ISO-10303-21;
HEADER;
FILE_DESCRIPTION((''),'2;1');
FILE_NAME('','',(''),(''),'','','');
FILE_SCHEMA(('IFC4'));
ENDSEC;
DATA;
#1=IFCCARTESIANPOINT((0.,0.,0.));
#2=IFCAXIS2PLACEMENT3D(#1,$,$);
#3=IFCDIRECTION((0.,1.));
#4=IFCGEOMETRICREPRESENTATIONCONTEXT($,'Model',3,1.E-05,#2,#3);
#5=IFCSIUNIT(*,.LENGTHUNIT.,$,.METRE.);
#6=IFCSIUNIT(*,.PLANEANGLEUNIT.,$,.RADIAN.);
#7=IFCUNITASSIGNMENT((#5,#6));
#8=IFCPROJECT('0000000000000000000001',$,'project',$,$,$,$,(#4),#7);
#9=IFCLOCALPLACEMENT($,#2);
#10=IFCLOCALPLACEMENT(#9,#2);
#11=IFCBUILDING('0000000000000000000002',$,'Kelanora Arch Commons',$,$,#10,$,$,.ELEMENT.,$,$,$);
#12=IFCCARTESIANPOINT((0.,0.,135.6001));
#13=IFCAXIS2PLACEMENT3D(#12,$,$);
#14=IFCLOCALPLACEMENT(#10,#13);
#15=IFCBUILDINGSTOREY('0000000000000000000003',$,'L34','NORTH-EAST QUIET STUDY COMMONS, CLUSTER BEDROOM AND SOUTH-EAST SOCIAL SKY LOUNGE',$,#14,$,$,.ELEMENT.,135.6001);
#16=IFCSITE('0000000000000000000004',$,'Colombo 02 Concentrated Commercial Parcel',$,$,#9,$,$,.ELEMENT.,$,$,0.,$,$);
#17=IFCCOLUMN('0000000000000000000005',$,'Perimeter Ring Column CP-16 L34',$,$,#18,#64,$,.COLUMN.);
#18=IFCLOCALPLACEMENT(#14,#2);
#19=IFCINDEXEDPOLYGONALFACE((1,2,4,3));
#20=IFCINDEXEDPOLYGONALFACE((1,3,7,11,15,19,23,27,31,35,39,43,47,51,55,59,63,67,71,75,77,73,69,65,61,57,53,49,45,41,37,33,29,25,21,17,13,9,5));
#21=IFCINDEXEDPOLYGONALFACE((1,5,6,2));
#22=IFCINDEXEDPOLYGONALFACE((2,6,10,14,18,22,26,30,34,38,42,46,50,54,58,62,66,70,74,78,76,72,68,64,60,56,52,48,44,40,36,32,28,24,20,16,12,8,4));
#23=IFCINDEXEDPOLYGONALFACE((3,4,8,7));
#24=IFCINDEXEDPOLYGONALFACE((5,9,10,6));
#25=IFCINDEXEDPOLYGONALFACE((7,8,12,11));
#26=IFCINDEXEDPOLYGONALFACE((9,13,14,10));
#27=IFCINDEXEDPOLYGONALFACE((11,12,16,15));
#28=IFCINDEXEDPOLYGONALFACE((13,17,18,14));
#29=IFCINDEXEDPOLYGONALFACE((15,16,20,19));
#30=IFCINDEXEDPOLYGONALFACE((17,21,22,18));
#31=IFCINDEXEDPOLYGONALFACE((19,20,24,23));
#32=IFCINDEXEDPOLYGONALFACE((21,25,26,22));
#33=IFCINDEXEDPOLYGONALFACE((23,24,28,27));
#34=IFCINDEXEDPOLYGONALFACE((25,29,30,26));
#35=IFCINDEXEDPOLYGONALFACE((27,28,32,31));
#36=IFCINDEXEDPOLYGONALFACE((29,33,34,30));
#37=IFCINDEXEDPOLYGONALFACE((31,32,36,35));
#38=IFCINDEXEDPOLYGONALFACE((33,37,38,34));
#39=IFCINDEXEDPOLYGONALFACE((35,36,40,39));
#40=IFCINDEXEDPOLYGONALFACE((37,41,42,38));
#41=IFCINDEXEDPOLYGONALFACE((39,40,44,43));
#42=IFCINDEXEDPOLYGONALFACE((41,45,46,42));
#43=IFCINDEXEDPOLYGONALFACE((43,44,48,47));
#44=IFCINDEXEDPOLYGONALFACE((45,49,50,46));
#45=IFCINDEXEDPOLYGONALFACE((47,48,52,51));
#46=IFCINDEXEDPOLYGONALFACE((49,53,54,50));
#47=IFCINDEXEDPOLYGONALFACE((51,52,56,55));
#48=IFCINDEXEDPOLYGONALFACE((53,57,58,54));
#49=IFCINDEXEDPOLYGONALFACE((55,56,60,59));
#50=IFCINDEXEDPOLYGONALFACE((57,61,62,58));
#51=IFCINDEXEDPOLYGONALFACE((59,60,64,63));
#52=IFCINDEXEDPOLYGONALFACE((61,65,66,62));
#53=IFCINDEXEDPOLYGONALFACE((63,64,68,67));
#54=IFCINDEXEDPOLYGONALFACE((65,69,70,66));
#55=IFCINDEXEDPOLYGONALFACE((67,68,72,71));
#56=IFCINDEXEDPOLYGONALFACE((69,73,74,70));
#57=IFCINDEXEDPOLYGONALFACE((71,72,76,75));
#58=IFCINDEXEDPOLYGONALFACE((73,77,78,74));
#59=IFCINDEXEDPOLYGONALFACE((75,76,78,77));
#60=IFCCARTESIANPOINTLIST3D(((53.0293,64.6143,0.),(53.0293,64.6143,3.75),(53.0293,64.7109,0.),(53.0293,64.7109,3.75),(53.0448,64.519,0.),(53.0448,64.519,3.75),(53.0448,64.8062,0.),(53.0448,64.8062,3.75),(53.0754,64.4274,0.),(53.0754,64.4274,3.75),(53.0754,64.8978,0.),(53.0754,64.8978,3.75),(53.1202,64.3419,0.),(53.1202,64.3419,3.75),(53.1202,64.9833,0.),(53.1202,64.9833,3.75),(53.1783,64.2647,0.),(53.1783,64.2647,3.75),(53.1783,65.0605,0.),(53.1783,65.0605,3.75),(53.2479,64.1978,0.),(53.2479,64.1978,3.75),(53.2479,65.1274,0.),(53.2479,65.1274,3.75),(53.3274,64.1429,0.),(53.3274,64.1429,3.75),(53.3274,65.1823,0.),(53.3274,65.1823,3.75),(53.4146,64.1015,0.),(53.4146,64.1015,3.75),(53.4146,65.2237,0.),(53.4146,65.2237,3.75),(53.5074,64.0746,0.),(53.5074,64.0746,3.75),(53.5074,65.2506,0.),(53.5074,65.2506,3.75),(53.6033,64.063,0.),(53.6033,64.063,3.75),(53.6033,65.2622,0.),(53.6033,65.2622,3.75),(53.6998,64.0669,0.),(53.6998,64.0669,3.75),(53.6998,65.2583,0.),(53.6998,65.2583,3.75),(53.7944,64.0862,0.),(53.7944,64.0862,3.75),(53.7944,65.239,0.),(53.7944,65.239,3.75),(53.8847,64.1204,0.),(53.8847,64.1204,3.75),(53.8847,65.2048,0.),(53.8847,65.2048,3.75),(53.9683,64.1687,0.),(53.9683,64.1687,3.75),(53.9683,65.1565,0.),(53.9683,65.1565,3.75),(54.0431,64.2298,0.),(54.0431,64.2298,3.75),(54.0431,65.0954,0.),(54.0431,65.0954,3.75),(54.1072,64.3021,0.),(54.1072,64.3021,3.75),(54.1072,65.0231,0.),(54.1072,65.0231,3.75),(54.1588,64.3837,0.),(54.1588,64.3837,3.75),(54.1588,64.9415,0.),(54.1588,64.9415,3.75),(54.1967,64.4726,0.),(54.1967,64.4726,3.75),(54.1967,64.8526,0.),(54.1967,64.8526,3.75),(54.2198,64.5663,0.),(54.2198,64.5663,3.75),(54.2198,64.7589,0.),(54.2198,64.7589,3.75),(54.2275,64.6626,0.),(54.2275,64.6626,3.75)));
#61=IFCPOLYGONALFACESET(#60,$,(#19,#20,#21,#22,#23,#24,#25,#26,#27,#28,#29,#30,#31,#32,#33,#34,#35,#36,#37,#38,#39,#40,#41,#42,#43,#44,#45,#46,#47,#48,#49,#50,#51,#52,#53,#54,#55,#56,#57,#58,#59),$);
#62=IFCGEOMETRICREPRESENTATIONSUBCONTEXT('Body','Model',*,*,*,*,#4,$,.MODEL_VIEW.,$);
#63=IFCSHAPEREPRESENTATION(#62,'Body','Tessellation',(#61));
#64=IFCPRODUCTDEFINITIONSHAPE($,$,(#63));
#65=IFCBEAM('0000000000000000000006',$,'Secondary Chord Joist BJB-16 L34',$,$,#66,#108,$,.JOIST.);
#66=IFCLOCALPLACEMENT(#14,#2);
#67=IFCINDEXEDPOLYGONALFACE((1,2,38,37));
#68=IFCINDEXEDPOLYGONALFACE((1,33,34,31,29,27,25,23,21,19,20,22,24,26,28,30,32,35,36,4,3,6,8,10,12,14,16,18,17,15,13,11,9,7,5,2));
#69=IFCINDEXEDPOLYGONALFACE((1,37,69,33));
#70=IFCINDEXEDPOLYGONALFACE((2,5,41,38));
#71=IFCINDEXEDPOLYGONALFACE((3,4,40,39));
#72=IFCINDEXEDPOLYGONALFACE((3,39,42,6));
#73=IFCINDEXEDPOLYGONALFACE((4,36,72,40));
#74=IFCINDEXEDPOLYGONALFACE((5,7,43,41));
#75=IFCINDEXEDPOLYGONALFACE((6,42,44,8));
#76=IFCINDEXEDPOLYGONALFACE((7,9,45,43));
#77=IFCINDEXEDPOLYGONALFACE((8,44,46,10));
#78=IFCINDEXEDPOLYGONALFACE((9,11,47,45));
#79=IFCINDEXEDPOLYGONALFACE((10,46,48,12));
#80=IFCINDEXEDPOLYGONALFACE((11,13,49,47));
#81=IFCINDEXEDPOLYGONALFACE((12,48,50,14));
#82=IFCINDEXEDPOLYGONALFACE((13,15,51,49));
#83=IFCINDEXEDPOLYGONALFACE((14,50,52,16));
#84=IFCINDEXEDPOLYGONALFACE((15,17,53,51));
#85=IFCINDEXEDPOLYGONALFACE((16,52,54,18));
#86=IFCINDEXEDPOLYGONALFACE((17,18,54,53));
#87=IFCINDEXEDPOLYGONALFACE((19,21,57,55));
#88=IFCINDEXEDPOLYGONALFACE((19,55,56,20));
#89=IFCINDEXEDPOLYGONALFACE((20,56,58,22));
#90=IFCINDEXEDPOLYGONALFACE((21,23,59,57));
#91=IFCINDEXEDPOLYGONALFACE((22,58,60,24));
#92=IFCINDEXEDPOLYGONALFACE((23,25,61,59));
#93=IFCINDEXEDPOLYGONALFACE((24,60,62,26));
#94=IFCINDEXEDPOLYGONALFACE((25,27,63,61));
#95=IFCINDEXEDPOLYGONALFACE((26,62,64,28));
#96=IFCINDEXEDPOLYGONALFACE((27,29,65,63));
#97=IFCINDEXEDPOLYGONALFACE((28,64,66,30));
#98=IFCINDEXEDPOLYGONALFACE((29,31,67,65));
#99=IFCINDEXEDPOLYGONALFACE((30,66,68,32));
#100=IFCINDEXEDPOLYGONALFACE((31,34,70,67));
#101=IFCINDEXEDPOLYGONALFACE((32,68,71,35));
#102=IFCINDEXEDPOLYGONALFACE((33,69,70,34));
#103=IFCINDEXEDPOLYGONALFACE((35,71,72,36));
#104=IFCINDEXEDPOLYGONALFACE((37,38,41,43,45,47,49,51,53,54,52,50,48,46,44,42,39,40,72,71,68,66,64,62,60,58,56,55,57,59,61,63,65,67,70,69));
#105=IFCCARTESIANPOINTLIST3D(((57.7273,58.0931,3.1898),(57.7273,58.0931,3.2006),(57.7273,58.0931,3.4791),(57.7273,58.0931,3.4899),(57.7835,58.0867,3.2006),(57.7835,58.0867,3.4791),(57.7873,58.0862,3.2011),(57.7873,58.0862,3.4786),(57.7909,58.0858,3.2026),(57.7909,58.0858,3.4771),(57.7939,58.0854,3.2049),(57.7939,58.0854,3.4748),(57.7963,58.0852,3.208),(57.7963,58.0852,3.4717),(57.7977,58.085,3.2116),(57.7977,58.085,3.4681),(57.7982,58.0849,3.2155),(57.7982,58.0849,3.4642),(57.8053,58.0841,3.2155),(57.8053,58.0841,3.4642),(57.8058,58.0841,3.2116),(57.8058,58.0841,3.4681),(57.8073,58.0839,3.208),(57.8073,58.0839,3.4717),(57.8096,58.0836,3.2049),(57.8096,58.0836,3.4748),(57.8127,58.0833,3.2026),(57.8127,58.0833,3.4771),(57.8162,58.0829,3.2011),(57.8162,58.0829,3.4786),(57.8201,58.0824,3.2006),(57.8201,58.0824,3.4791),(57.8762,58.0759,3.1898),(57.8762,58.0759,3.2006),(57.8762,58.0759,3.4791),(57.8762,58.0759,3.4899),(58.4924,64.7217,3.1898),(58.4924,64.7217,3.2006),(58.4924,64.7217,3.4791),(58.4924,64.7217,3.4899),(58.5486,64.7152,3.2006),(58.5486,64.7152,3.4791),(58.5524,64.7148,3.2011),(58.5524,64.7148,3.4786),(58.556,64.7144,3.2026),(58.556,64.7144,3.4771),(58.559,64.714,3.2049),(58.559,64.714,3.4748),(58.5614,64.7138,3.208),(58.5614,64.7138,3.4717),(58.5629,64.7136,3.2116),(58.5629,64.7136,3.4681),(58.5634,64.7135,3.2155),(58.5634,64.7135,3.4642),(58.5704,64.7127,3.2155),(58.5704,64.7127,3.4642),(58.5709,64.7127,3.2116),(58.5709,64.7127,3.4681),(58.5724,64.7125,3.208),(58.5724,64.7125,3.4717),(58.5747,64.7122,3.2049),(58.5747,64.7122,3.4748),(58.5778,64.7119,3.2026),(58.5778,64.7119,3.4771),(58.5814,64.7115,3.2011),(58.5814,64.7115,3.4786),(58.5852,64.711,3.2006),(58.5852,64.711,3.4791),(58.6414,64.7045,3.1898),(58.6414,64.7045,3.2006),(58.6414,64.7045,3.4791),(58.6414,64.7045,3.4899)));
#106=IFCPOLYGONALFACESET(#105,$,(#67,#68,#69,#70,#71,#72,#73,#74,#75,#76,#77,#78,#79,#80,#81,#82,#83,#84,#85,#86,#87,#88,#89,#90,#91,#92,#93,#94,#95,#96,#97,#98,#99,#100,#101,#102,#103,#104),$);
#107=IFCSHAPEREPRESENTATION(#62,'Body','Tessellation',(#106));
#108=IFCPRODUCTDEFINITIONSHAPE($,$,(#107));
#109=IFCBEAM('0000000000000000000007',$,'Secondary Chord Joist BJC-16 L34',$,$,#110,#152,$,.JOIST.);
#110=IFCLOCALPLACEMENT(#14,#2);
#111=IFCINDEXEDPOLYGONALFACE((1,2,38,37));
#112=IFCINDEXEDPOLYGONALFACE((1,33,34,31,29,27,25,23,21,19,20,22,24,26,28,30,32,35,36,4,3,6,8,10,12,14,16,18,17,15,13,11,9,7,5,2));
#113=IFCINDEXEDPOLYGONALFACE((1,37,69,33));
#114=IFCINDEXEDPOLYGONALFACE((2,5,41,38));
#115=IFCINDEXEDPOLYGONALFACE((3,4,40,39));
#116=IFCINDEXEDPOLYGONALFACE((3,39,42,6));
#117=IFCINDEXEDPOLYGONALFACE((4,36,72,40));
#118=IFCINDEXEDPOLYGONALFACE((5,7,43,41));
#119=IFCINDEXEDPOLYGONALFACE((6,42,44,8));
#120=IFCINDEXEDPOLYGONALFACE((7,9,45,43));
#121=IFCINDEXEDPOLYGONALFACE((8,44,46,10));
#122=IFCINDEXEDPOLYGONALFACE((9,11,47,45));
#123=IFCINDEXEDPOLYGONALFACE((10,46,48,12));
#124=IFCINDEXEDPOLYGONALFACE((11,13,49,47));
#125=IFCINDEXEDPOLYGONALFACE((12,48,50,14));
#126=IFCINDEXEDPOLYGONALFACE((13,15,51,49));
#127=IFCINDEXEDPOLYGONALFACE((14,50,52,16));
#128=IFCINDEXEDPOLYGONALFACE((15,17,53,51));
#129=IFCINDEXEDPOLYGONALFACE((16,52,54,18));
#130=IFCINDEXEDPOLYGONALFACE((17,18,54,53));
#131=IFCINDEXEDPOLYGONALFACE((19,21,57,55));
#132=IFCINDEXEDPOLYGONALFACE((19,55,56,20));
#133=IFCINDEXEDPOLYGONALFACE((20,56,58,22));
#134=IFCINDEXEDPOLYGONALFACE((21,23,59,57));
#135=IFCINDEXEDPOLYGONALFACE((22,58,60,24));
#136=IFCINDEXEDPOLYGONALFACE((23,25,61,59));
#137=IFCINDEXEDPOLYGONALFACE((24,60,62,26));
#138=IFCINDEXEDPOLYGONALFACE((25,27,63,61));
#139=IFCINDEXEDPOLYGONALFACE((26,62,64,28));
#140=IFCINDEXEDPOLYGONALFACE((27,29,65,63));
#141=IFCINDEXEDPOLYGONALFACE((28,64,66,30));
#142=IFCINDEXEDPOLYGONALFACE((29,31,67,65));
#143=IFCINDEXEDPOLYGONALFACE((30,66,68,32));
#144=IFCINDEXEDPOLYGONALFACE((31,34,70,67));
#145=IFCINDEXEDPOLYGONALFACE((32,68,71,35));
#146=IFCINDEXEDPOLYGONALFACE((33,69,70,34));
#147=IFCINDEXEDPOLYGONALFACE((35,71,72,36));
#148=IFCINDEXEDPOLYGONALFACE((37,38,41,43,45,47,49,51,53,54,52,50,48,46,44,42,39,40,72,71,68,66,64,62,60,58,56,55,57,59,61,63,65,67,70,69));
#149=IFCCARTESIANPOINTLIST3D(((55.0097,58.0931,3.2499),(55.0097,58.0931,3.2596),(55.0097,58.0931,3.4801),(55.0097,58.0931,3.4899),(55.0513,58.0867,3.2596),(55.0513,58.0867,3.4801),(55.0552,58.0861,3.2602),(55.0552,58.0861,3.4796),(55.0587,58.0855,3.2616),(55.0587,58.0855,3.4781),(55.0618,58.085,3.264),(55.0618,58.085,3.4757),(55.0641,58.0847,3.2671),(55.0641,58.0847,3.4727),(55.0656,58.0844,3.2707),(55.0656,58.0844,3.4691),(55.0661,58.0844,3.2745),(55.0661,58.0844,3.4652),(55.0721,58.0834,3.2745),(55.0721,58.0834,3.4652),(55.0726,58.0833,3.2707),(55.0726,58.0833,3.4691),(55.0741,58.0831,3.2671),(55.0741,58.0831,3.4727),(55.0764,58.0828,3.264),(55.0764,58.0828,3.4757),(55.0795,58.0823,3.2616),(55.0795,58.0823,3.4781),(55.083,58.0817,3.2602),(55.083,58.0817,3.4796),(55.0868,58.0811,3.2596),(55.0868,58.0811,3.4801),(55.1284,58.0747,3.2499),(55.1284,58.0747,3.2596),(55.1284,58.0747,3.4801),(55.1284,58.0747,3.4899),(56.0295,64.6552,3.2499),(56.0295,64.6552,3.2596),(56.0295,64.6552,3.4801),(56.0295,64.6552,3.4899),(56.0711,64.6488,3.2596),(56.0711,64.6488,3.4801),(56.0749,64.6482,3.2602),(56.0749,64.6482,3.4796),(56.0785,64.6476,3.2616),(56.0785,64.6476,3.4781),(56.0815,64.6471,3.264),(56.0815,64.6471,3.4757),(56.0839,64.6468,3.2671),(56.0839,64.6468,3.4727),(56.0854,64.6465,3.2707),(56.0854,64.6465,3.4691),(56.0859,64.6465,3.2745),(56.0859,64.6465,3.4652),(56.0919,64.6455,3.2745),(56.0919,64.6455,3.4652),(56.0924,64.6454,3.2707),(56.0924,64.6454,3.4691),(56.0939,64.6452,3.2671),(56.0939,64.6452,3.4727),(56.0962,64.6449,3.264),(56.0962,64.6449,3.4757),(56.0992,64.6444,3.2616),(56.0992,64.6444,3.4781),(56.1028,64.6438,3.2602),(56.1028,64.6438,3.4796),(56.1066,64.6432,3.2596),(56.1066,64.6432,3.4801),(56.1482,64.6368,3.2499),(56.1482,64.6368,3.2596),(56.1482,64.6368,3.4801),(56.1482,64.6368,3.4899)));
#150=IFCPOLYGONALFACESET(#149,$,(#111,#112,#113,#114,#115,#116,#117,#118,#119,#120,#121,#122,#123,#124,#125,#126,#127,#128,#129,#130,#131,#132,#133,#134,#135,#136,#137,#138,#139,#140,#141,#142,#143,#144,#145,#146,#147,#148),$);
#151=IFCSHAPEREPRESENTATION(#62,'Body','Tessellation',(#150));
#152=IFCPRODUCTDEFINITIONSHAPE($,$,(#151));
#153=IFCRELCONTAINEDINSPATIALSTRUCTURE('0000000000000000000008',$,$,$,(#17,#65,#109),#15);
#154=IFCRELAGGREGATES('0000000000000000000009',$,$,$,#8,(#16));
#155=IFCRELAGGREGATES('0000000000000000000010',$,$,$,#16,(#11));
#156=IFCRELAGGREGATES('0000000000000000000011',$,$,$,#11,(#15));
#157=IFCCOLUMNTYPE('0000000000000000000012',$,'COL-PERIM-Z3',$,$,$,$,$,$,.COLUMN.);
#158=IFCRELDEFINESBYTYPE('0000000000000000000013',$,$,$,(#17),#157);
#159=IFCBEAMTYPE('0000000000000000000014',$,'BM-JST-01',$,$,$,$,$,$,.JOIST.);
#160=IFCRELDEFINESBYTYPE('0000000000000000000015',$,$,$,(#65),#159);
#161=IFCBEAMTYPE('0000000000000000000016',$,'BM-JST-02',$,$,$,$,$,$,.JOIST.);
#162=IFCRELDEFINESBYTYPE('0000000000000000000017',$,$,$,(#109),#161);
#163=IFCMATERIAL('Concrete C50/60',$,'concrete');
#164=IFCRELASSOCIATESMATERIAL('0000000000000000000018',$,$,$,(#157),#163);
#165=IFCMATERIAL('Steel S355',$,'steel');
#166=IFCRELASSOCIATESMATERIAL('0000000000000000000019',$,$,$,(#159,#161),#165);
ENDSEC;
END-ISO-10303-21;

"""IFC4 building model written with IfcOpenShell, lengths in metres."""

from ifc_helpers import new_model, si_unit, direction, frame, origin, origin_2d, place, context, subcontext, project, spatial, circle, i_section, extrude, material, material_profile, profile_set, type_object, element, save


model = new_model("IFC4")

# Units and contexts
model_context = context("Model", 3, precision=1e-05, world=origin(), true_north=direction((0.0, 1.0)))
body_context = subcontext(model_context, "Body", "Model", "MODEL_VIEW")
ifc_project = project(units=[si_unit("LENGTHUNIT", "METRE"), si_unit("PLANEANGLEUNIT", "RADIAN")], contexts=[model_context])

# Site, building, storey
site_placement = place(None, origin())
site = spatial("IfcSite", under=ifc_project, at=site_placement, Name="Colombo 02 Concentrated Commercial Parcel", CompositionType="ELEMENT", RefElevation=0.0)
building_placement = place(site_placement, origin())
building = spatial("IfcBuilding", under=site, at=building_placement, Name="Kelanora Arch Commons", CompositionType="ELEMENT")
storey_placement = place(building_placement, frame((0.0, 0.0, 135.6001)))
storey = spatial("IfcBuildingStorey", under=building, at=storey_placement, Name="L34", Description="NORTH-EAST QUIET STUDY COMMONS, CLUSTER BEDROOM AND SOUTH-EAST SOCIAL SKY LOUNGE", CompositionType="ELEMENT", Elevation=135.6001)

# Column
ifc_material_1 = material(Name="Concrete C50/60", Category="concrete")
ifc_material_profile_1 = material_profile(ifc_material_1, circle(Radius=0.6001, at=origin_2d()), Name="RCC1200")
ifc_profile_set_1 = profile_set([ifc_material_profile_1], Name="Concrete C50/60")
column_type = type_object("IfcColumnType", Name="COL-PERIM-Z3", PredefinedType="COLUMN", material=ifc_profile_set_1)
column_placement = place(storey_placement, frame((53.6274, 64.6626, 0.0), z_axis=(0.0, 0.0, 1.0), x_axis=(1.0, 0.0, 0.0)))
element("IfcColumn", 1, at=column_placement, inside=storey, type_object=column_type, Name="Perimeter Ring Column CP-16 L34", PredefinedType="COLUMN", context=body_context, shape_type="SweptSolid", body=[
    extrude(circle(Radius=0.6001, at=origin_2d()), origin(), (0.0, 0.0, 1.0), 3.75),
])

# Beams
ifc_material_2 = material(Name="Steel S355", Category="steel")
ifc_material_profile_2 = material_profile(ifc_material_2, i_section(OverallWidth=0.1499, OverallDepth=0.3, WebThickness=0.0071, FlangeThickness=0.0107, FilletRadius=0.0149, at=origin_2d()), Name="IPE300")
ifc_profile_set_2 = profile_set([ifc_material_profile_2], Name="Steel S355")
beam_type_1 = type_object("IfcBeamType", Name="BM-JST-01", PredefinedType="JOIST", material=ifc_profile_set_2)
beam_1_placement = place(storey_placement, frame((58.5669, 64.7131, 3.3398), z_axis=(-0.114667, -0.993404, 0.0), x_axis=(0.993404, -0.114667, 0.0)))
element("IfcBeam", 2, at=beam_1_placement, inside=storey, type_object=beam_type_1, Name="Secondary Chord Joist BJB-16 L34", PredefinedType="JOIST", context=body_context, shape_type="SweptSolid", body=[
    extrude(i_section(OverallWidth=0.1499, OverallDepth=0.3, WebThickness=0.0071, FlangeThickness=0.0107, FilletRadius=0.0149, at=origin_2d()), origin(), (0.0, 0.0, 1.0), 6.6726),
])
ifc_material_profile_3 = material_profile(ifc_material_2, i_section(OverallWidth=0.1201, OverallDepth=0.24, WebThickness=0.0061, FlangeThickness=0.0098, FilletRadius=0.0149, at=origin_2d()), Name="IPE240")
ifc_profile_set_3 = profile_set([ifc_material_profile_3], Name="Steel S355")
beam_type_2 = type_object("IfcBeamType", Name="BM-JST-02", PredefinedType="JOIST", material=ifc_profile_set_3)
beam_2_placement = place(storey_placement, frame((56.0889, 64.646, 3.3699), z_axis=(-0.153563, -0.988139, 0.0), x_axis=(0.988139, -0.153563, 0.0)))
element("IfcBeam", 3, at=beam_2_placement, inside=storey, type_object=beam_type_2, Name="Secondary Chord Joist BJC-16 L34", PredefinedType="JOIST", context=body_context, shape_type="SweptSolid", body=[
    extrude(i_section(OverallWidth=0.1201, OverallDepth=0.24, WebThickness=0.0061, FlangeThickness=0.0098, FilletRadius=0.0149, at=origin_2d()), origin(), (0.0, 0.0, 1.0), 6.6409),
])

save(model, "model.ifc")
